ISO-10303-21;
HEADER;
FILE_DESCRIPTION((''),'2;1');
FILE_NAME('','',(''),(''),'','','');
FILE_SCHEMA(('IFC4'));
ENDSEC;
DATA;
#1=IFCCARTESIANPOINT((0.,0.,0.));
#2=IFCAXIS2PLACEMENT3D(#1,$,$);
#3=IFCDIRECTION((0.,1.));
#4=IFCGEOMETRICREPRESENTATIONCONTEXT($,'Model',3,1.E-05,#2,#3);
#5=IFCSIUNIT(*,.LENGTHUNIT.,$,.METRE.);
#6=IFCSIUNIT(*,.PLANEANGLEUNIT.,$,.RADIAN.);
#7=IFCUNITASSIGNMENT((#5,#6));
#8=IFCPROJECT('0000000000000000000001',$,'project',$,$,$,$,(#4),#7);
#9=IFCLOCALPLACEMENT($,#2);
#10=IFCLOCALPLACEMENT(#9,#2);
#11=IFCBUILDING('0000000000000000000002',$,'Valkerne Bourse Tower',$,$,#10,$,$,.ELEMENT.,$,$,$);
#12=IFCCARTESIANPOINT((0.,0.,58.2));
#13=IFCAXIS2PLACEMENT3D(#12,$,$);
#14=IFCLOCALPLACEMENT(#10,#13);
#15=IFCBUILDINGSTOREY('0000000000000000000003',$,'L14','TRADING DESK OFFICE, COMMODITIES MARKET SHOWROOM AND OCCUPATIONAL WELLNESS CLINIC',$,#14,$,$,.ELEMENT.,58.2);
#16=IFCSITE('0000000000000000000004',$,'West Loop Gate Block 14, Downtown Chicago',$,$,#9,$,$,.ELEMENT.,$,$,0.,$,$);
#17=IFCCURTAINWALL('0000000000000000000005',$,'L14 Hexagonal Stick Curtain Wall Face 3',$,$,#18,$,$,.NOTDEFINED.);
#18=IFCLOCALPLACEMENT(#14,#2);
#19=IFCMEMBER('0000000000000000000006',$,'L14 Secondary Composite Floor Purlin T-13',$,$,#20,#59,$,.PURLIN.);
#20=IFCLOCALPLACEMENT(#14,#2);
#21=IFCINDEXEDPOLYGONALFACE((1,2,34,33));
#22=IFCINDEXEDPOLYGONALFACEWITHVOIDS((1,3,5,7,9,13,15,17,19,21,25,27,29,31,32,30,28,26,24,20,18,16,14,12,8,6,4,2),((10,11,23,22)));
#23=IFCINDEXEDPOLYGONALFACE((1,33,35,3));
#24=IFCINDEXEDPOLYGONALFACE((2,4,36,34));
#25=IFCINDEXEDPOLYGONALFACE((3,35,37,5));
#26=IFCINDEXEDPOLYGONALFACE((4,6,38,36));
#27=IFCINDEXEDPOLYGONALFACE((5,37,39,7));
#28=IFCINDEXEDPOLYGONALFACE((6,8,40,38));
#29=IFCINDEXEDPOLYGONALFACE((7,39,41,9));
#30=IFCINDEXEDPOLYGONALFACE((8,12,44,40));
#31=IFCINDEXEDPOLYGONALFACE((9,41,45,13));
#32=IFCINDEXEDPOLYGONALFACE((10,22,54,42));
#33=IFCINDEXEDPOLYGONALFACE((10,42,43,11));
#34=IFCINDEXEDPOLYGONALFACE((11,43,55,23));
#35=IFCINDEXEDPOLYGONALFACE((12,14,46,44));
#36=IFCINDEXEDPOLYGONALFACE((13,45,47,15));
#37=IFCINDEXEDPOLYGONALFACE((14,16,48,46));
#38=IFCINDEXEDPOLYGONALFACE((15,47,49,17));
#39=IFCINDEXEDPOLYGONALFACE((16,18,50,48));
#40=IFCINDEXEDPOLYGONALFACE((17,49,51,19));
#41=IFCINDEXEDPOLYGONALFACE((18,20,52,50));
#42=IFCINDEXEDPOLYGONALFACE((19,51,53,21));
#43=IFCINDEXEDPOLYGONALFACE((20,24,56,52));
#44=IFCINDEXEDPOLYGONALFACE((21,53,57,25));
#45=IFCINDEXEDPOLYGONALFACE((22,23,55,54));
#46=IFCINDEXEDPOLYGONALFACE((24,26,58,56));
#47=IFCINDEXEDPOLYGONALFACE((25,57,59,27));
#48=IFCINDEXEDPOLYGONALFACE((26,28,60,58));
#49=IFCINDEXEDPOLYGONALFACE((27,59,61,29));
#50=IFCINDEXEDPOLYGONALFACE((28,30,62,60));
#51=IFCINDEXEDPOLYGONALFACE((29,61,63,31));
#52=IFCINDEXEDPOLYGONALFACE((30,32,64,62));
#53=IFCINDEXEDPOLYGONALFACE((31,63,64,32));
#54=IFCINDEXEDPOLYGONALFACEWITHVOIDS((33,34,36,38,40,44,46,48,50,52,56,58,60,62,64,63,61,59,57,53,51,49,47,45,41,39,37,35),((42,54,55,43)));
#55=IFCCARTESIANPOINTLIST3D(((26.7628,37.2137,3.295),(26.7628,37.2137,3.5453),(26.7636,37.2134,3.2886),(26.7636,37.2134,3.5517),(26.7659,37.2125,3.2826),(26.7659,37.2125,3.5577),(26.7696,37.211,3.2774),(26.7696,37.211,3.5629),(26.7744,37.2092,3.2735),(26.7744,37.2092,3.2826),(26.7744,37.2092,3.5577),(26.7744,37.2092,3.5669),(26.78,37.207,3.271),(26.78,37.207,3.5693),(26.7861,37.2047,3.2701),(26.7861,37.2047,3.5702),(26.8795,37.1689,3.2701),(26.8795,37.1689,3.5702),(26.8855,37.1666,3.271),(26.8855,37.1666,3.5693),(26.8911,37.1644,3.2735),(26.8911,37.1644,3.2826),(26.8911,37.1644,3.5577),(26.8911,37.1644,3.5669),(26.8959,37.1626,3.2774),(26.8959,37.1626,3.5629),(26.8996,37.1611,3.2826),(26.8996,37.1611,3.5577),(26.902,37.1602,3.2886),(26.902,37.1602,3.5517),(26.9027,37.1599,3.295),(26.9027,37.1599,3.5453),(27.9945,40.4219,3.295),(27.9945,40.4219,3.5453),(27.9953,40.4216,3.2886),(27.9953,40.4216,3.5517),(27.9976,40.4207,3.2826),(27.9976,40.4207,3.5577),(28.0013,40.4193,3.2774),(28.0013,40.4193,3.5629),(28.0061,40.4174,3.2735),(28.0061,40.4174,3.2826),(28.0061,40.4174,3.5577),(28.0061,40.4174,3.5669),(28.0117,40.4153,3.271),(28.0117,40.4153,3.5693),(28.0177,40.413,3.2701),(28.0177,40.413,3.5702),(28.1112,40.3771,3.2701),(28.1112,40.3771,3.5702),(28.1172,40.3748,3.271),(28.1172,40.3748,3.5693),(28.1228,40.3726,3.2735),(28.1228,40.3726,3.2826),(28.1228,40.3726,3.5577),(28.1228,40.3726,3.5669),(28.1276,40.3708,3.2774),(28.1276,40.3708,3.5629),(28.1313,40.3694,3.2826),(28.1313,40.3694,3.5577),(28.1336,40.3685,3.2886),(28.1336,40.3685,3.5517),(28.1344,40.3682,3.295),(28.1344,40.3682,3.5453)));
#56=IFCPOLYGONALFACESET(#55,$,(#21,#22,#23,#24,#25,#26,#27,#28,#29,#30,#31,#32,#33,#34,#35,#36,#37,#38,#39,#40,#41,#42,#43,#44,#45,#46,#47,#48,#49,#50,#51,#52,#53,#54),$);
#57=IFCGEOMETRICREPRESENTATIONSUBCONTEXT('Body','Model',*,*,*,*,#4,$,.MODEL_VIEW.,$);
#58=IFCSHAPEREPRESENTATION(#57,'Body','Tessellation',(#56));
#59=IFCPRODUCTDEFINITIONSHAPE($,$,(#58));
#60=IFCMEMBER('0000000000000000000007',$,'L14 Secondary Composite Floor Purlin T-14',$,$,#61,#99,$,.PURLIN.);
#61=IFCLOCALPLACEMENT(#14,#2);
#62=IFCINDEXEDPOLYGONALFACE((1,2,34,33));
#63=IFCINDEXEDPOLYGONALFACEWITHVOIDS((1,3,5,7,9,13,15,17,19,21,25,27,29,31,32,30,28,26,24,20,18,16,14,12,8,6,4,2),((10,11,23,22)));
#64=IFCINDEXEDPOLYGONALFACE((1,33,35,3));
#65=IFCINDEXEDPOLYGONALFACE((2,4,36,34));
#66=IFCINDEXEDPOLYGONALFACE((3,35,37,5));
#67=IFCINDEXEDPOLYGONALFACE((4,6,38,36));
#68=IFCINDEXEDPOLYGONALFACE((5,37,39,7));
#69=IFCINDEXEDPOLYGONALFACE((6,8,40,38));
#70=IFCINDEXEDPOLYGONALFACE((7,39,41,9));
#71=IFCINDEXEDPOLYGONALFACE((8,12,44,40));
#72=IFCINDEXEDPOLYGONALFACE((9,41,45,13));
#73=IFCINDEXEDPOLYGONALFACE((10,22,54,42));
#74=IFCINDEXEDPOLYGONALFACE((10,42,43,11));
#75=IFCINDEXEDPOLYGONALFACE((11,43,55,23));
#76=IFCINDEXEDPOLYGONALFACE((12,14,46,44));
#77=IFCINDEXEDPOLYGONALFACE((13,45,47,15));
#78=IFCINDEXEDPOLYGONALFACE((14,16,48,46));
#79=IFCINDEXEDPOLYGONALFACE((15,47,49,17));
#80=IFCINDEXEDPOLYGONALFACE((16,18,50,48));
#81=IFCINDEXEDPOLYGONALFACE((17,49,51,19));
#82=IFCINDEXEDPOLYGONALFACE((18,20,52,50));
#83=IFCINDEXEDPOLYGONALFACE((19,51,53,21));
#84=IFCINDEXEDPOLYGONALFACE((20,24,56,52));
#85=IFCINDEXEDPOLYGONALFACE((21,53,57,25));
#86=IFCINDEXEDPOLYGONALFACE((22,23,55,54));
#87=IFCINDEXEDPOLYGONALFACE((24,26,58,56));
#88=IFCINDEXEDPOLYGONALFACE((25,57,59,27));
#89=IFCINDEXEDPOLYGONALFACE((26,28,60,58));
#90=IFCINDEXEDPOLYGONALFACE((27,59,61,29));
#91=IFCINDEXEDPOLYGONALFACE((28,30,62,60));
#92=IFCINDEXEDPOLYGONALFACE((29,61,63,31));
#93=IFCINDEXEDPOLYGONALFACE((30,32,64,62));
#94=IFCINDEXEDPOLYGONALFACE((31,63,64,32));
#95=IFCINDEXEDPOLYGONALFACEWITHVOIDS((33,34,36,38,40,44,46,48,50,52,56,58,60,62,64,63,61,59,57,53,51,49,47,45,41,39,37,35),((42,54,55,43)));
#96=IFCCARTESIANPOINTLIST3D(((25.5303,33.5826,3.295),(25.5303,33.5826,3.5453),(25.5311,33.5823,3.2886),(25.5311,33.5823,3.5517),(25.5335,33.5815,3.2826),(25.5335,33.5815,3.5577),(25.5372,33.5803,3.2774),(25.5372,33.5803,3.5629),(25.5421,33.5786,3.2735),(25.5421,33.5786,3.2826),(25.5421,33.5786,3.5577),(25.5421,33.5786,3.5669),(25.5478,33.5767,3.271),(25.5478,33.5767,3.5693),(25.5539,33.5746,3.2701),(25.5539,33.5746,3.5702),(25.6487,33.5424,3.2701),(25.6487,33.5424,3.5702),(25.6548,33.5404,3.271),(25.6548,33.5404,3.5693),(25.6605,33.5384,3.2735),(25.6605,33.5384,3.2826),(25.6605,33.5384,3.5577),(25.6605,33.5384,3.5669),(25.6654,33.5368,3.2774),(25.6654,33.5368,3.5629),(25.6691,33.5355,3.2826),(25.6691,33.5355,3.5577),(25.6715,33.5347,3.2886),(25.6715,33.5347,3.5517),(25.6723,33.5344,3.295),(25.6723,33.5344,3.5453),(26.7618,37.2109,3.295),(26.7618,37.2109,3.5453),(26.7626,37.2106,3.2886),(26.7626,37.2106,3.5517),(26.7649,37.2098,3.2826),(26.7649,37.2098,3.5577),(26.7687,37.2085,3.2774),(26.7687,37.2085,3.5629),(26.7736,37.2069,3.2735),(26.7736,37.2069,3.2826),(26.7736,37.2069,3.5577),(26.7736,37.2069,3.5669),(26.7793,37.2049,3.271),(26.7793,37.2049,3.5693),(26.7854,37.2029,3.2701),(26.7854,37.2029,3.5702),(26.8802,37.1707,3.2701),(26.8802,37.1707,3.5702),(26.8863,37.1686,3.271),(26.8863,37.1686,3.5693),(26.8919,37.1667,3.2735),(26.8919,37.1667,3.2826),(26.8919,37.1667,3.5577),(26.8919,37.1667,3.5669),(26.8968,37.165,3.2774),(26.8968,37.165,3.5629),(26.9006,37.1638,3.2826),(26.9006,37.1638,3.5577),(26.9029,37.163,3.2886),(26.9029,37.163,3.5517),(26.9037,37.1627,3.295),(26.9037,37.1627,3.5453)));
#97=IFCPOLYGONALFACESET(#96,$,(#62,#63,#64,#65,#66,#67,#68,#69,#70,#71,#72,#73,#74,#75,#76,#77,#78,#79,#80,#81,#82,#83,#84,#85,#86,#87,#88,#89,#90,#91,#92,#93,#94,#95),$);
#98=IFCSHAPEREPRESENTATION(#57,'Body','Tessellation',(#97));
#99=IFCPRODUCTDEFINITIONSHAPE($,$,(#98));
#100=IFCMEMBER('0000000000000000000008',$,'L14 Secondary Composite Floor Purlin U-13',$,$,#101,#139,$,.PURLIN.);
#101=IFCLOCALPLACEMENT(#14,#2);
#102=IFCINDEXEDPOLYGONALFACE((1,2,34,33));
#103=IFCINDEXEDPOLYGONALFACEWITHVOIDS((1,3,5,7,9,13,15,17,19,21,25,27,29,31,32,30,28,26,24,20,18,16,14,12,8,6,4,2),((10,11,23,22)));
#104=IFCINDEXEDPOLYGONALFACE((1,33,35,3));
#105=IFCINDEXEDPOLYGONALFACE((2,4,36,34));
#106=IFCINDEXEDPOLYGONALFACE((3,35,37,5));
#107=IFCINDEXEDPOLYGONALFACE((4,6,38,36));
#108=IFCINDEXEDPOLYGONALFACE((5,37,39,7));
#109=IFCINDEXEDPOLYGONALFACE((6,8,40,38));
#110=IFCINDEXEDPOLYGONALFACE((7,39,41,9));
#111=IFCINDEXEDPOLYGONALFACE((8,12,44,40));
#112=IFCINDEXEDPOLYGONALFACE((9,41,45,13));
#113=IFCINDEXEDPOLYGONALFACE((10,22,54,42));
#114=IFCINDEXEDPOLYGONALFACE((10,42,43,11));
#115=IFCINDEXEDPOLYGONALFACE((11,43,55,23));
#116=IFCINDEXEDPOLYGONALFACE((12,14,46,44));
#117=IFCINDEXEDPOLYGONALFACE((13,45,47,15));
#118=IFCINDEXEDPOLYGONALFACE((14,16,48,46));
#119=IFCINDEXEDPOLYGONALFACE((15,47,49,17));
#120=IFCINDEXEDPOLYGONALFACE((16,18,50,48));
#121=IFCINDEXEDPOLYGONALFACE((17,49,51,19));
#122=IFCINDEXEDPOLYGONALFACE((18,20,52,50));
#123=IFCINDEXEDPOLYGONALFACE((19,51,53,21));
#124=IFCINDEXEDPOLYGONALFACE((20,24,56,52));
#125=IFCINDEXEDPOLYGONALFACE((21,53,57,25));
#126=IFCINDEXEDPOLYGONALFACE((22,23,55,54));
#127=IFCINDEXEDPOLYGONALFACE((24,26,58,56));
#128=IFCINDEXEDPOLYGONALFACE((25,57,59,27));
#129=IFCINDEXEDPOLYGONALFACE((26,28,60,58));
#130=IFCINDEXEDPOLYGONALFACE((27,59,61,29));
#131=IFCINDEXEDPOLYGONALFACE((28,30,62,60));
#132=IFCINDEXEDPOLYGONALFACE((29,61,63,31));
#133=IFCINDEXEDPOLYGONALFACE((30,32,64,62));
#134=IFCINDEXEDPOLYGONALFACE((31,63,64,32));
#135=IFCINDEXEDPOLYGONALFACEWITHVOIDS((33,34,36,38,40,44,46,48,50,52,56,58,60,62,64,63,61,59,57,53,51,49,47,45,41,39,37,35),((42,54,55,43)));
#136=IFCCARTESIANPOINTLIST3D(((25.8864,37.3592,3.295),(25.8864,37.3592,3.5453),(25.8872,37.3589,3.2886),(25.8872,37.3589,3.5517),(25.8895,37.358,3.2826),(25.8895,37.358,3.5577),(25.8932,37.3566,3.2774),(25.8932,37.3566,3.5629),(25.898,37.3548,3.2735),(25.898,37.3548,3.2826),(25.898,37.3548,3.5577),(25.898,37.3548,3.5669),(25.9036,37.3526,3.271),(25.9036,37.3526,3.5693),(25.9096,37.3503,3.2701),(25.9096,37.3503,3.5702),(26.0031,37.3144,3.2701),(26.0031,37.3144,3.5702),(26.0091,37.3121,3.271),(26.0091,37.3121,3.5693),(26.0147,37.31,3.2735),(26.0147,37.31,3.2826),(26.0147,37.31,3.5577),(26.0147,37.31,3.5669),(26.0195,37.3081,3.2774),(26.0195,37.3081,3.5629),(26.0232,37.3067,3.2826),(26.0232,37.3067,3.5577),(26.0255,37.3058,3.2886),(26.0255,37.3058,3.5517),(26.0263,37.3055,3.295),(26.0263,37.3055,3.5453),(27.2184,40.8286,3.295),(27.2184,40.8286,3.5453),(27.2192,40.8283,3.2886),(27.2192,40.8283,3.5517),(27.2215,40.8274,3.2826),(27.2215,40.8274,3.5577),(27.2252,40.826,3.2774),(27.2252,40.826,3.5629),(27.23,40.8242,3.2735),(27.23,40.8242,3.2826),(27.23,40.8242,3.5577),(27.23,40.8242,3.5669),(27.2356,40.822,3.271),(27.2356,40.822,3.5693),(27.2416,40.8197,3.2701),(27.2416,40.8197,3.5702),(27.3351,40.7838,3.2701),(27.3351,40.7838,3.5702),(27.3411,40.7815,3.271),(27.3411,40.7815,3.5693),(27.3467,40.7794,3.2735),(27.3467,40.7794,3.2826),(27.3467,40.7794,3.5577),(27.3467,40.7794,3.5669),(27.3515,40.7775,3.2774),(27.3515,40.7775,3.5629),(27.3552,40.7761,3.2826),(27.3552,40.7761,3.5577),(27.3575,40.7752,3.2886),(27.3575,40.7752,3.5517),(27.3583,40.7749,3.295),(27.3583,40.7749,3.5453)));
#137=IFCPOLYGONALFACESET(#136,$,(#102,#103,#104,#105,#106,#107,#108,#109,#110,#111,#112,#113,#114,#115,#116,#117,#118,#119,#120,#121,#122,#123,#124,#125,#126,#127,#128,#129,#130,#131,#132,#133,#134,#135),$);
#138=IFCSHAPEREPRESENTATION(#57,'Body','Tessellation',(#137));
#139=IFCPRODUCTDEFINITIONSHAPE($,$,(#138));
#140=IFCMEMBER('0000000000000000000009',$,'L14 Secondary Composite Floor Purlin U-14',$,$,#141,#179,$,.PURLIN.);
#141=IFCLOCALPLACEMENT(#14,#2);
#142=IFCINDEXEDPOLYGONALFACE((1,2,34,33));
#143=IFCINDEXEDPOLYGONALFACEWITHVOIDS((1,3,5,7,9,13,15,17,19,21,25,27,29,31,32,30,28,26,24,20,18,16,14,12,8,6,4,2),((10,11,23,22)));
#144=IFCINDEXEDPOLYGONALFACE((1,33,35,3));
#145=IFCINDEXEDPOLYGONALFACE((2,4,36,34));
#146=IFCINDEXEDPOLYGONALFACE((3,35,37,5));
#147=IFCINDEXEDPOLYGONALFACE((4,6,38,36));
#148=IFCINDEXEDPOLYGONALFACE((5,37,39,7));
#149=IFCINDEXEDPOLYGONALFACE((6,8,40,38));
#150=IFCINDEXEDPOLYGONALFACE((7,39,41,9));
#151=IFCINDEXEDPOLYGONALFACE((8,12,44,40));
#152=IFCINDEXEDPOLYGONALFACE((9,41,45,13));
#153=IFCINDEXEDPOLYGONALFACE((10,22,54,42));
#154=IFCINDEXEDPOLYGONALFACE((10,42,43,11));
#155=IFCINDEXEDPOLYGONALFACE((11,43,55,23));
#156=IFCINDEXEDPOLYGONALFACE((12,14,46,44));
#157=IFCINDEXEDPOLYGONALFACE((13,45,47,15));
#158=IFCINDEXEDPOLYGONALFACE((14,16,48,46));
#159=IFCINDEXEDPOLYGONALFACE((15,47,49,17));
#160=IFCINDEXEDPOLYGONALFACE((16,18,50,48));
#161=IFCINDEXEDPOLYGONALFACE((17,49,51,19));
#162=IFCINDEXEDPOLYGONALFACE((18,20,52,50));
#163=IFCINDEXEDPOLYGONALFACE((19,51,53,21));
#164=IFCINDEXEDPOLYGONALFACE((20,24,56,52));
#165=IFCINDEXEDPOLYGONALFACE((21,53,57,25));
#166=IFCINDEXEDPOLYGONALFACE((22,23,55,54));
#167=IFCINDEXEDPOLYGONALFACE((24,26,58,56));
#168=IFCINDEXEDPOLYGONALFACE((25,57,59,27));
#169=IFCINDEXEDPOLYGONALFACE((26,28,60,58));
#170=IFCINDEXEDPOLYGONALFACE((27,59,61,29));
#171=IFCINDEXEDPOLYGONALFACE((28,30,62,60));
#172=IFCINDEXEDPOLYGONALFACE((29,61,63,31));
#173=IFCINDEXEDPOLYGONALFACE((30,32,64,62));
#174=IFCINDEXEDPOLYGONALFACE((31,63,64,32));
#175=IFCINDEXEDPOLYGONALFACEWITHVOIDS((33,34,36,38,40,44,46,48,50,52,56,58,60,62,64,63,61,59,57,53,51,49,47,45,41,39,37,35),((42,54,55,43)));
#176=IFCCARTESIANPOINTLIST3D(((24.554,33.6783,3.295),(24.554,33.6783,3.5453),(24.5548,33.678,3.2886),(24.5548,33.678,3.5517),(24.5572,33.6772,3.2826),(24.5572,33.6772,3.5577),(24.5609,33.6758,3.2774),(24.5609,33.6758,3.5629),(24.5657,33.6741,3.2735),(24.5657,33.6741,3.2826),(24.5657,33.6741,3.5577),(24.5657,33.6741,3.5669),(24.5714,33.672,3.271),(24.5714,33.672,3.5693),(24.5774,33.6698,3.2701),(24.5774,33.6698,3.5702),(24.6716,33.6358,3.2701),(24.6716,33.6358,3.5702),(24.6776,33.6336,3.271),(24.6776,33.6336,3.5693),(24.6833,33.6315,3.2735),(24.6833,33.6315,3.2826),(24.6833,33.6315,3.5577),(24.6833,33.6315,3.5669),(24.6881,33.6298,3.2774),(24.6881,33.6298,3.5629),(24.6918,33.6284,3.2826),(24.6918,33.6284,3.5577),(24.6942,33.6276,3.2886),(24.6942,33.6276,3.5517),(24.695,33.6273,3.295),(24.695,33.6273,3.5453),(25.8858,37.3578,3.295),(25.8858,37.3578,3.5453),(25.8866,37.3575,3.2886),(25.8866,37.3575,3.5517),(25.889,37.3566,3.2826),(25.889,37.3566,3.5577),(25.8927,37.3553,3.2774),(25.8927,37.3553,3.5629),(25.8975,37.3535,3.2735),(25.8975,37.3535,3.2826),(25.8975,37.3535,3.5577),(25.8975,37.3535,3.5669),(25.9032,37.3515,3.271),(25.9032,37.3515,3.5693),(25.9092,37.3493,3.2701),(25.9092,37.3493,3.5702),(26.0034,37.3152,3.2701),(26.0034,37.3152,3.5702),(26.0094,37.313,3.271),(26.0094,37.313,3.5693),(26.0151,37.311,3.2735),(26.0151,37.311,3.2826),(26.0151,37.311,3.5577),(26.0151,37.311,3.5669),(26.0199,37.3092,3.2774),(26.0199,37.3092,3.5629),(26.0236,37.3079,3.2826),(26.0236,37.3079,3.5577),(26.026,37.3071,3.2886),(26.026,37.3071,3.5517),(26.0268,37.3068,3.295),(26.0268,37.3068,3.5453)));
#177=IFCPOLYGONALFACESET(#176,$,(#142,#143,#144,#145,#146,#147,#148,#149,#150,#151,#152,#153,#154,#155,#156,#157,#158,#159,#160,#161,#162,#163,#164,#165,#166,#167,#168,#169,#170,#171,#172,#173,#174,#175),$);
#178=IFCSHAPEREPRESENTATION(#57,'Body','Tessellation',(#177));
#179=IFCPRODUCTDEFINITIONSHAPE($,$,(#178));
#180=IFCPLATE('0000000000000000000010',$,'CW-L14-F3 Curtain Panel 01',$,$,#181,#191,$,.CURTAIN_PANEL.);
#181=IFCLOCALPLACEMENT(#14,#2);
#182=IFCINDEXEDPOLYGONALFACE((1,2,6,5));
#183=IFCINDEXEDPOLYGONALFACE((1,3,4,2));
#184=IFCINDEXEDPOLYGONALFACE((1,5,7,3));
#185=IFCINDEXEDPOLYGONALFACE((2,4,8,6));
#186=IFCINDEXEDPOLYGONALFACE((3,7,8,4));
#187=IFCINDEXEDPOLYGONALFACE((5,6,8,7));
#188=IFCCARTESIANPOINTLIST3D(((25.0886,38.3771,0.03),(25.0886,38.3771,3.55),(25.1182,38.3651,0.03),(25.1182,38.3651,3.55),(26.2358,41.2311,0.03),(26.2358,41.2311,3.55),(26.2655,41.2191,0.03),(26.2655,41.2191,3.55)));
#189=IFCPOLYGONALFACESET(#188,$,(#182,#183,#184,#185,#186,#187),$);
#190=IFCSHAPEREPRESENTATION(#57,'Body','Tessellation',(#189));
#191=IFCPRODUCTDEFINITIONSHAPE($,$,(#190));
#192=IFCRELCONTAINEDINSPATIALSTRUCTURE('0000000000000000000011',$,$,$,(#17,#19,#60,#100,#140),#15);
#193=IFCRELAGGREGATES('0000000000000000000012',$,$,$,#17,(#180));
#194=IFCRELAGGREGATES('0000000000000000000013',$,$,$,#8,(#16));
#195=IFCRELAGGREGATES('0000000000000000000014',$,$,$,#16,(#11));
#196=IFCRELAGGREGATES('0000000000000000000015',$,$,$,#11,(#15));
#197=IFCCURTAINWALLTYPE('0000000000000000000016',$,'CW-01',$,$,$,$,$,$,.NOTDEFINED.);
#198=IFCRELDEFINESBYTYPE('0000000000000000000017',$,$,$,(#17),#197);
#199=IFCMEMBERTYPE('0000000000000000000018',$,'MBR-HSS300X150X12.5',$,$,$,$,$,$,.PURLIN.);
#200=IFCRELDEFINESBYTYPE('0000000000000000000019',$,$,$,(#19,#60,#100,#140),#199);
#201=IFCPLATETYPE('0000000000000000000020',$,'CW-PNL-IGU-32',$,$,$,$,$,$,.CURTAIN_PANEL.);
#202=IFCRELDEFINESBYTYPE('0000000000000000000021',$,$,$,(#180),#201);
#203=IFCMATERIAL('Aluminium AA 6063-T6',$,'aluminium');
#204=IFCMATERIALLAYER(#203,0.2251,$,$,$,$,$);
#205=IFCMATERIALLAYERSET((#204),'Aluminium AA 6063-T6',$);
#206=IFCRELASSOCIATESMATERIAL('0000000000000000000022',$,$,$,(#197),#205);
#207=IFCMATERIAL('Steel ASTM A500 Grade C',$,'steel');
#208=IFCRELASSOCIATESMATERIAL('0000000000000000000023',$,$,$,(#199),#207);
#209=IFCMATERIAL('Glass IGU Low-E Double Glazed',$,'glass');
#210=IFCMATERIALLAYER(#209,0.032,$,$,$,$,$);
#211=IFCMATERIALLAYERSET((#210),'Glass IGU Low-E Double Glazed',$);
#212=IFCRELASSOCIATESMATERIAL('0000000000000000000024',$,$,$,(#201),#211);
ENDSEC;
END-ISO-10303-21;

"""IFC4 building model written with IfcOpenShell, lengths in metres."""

from ifc_helpers import new_model, si_unit, direction, frame, origin, origin_2d, place, context, subcontext, project, spatial, rectangle, hollow_rectangle, extrude, material, layer, layer_set, material_profile, profile_set, type_object, element, aggregate, save


model = new_model("IFC4")

# Units and contexts
model_context = context("Model", 3, precision=1e-05, world=origin(), true_north=direction((0.0, 1.0)))
body_context = subcontext(model_context, "Body", "Model", "MODEL_VIEW")
ifc_project = project(units=[si_unit("LENGTHUNIT", "METRE"), si_unit("PLANEANGLEUNIT", "RADIAN")], contexts=[model_context])

# Site, building, storey
site_placement = place(None, origin())
site = spatial("IfcSite", under=ifc_project, at=site_placement, Name="West Loop Gate Block 14, Downtown Chicago", CompositionType="ELEMENT", RefElevation=0.0)
building_placement = place(site_placement, origin())
building = spatial("IfcBuilding", under=site, at=building_placement, Name="Valkerne Bourse Tower", CompositionType="ELEMENT")
storey_placement = place(building_placement, frame((0.0, 0.0, 58.2)))
storey = spatial("IfcBuildingStorey", under=building, at=storey_placement, Name="L14", Description="TRADING DESK OFFICE, COMMODITIES MARKET SHOWROOM AND OCCUPATIONAL WELLNESS CLINIC", CompositionType="ELEMENT", Elevation=58.2)

# Curtain wall
ifc_material_1 = material(Name="Aluminium AA 6063-T6", Category="aluminium")
ifc_layer_1 = layer(ifc_material_1, 0.2251)
ifc_layer_set_1 = layer_set([ifc_layer_1], Name="Aluminium AA 6063-T6")
curtain_wall_type = type_object("IfcCurtainWallType", Name="CW-01", PredefinedType="NOTDEFINED", material=ifc_layer_set_1)
curtain_wall_placement = place(storey_placement, origin())
curtain_wall = element("IfcCurtainWall", 1, at=curtain_wall_placement, inside=storey, type_object=curtain_wall_type, Name="L14 Hexagonal Stick Curtain Wall Face 3", PredefinedType="NOTDEFINED")

# Members
ifc_material_2 = material(Name="Steel ASTM A500 Grade C", Category="steel")
ifc_material_profile_1 = material_profile(ifc_material_2, hollow_rectangle(XDim=0.1499, YDim=0.3, WallThickness=0.0125, OuterFilletRadius=0.0249, at=origin_2d()), Name="HSS300X150X12.5")
ifc_profile_set_1 = profile_set([ifc_material_profile_1], Name="Steel ASTM A500 Grade C")
member_type_1 = type_object("IfcMemberType", Name="MBR-HSS300X150X12.5", PredefinedType="PURLIN", material=ifc_profile_set_1)
member_1_placement = place(storey_placement, frame((28.0645, 40.395, 3.4202), z_axis=(-0.358408, -0.933565, 0.0), x_axis=(0.933565, -0.358408, 0.0)))
element("IfcMember", 2, at=member_1_placement, inside=storey, type_object=member_type_1, Name="L14 Secondary Composite Floor Purlin T-13", PredefinedType="PURLIN", context=body_context, shape_type="SweptSolid", body=[
    extrude(hollow_rectangle(XDim=0.1499, YDim=0.3, WallThickness=0.0125, OuterFilletRadius=0.0249, at=origin_2d()), origin(), (0.0, 0.0, 1.0), 3.4365),
])
member_2_placement = place(storey_placement, frame((26.8328, 37.1868, 3.4202), z_axis=(-0.321403, -0.946942, 0.0), x_axis=(0.946942, -0.321403, 0.0)))
element("IfcMember", 3, at=member_2_placement, inside=storey, type_object=member_type_1, Name="L14 Secondary Composite Floor Purlin T-14", PredefinedType="PURLIN", context=body_context, shape_type="SweptSolid", body=[
    extrude(hollow_rectangle(XDim=0.1499, YDim=0.3, WallThickness=0.0125, OuterFilletRadius=0.0249, at=origin_2d()), origin(), (0.0, 0.0, 1.0), 3.8315),
])
member_3_placement = place(storey_placement, frame((27.2883, 40.8018, 3.4202), z_axis=(-0.35842, -0.93356, 0.0), x_axis=(0.93356, -0.35842, 0.0)))
element("IfcMember", 4, at=member_3_placement, inside=storey, type_object=member_type_1, Name="L14 Secondary Composite Floor Purlin U-13", PredefinedType="PURLIN", context=body_context, shape_type="SweptSolid", body=[
    extrude(hollow_rectangle(XDim=0.1499, YDim=0.3, WallThickness=0.0125, OuterFilletRadius=0.0249, at=origin_2d()), origin(), (0.0, 0.0, 1.0), 3.7163),
])
member_4_placement = place(storey_placement, frame((25.9563, 37.3323, 3.4202), z_axis=(-0.340345, -0.940301, 0.0), x_axis=(0.940301, -0.340345, 0.0)))
element("IfcMember", 5, at=member_4_placement, inside=storey, type_object=member_type_1, Name="L14 Secondary Composite Floor Purlin U-14", PredefinedType="PURLIN", context=body_context, shape_type="SweptSolid", body=[
    extrude(hollow_rectangle(XDim=0.1499, YDim=0.3, WallThickness=0.0125, OuterFilletRadius=0.0249, at=origin_2d()), origin(), (0.0, 0.0, 1.0), 3.9131),
])

# Plate
ifc_material_3 = material(Name="Glass IGU Low-E Double Glazed", Category="glass")
ifc_layer_2 = layer(ifc_material_3, 0.032)
ifc_layer_set_2 = layer_set([ifc_layer_2], Name="Glass IGU Low-E Double Glazed")
plate_type = type_object("IfcPlateType", Name="CW-PNL-IGU-32", PredefinedType="CURTAIN_PANEL", material=ifc_layer_set_2)
plate_1_placement = place(storey_placement, frame((25.677, 39.7981, 0.03), z_axis=(0.0, 0.0, 1.0), x_axis=(-0.372969, -0.927844, 0.0)))
plate_1 = element("IfcPlate", 6, at=plate_1_placement, type_object=plate_type, Name="CW-L14-F3 Curtain Panel 01", PredefinedType="CURTAIN_PANEL", context=body_context, shape_type="SweptSolid", body=[
    extrude(rectangle(XDim=3.0759, YDim=0.032, at=origin_2d()), origin(), (0.0, 0.0, 1.0), 3.52),
])
aggregate(curtain_wall, [plate_1])

save(model, "model.ifc")
